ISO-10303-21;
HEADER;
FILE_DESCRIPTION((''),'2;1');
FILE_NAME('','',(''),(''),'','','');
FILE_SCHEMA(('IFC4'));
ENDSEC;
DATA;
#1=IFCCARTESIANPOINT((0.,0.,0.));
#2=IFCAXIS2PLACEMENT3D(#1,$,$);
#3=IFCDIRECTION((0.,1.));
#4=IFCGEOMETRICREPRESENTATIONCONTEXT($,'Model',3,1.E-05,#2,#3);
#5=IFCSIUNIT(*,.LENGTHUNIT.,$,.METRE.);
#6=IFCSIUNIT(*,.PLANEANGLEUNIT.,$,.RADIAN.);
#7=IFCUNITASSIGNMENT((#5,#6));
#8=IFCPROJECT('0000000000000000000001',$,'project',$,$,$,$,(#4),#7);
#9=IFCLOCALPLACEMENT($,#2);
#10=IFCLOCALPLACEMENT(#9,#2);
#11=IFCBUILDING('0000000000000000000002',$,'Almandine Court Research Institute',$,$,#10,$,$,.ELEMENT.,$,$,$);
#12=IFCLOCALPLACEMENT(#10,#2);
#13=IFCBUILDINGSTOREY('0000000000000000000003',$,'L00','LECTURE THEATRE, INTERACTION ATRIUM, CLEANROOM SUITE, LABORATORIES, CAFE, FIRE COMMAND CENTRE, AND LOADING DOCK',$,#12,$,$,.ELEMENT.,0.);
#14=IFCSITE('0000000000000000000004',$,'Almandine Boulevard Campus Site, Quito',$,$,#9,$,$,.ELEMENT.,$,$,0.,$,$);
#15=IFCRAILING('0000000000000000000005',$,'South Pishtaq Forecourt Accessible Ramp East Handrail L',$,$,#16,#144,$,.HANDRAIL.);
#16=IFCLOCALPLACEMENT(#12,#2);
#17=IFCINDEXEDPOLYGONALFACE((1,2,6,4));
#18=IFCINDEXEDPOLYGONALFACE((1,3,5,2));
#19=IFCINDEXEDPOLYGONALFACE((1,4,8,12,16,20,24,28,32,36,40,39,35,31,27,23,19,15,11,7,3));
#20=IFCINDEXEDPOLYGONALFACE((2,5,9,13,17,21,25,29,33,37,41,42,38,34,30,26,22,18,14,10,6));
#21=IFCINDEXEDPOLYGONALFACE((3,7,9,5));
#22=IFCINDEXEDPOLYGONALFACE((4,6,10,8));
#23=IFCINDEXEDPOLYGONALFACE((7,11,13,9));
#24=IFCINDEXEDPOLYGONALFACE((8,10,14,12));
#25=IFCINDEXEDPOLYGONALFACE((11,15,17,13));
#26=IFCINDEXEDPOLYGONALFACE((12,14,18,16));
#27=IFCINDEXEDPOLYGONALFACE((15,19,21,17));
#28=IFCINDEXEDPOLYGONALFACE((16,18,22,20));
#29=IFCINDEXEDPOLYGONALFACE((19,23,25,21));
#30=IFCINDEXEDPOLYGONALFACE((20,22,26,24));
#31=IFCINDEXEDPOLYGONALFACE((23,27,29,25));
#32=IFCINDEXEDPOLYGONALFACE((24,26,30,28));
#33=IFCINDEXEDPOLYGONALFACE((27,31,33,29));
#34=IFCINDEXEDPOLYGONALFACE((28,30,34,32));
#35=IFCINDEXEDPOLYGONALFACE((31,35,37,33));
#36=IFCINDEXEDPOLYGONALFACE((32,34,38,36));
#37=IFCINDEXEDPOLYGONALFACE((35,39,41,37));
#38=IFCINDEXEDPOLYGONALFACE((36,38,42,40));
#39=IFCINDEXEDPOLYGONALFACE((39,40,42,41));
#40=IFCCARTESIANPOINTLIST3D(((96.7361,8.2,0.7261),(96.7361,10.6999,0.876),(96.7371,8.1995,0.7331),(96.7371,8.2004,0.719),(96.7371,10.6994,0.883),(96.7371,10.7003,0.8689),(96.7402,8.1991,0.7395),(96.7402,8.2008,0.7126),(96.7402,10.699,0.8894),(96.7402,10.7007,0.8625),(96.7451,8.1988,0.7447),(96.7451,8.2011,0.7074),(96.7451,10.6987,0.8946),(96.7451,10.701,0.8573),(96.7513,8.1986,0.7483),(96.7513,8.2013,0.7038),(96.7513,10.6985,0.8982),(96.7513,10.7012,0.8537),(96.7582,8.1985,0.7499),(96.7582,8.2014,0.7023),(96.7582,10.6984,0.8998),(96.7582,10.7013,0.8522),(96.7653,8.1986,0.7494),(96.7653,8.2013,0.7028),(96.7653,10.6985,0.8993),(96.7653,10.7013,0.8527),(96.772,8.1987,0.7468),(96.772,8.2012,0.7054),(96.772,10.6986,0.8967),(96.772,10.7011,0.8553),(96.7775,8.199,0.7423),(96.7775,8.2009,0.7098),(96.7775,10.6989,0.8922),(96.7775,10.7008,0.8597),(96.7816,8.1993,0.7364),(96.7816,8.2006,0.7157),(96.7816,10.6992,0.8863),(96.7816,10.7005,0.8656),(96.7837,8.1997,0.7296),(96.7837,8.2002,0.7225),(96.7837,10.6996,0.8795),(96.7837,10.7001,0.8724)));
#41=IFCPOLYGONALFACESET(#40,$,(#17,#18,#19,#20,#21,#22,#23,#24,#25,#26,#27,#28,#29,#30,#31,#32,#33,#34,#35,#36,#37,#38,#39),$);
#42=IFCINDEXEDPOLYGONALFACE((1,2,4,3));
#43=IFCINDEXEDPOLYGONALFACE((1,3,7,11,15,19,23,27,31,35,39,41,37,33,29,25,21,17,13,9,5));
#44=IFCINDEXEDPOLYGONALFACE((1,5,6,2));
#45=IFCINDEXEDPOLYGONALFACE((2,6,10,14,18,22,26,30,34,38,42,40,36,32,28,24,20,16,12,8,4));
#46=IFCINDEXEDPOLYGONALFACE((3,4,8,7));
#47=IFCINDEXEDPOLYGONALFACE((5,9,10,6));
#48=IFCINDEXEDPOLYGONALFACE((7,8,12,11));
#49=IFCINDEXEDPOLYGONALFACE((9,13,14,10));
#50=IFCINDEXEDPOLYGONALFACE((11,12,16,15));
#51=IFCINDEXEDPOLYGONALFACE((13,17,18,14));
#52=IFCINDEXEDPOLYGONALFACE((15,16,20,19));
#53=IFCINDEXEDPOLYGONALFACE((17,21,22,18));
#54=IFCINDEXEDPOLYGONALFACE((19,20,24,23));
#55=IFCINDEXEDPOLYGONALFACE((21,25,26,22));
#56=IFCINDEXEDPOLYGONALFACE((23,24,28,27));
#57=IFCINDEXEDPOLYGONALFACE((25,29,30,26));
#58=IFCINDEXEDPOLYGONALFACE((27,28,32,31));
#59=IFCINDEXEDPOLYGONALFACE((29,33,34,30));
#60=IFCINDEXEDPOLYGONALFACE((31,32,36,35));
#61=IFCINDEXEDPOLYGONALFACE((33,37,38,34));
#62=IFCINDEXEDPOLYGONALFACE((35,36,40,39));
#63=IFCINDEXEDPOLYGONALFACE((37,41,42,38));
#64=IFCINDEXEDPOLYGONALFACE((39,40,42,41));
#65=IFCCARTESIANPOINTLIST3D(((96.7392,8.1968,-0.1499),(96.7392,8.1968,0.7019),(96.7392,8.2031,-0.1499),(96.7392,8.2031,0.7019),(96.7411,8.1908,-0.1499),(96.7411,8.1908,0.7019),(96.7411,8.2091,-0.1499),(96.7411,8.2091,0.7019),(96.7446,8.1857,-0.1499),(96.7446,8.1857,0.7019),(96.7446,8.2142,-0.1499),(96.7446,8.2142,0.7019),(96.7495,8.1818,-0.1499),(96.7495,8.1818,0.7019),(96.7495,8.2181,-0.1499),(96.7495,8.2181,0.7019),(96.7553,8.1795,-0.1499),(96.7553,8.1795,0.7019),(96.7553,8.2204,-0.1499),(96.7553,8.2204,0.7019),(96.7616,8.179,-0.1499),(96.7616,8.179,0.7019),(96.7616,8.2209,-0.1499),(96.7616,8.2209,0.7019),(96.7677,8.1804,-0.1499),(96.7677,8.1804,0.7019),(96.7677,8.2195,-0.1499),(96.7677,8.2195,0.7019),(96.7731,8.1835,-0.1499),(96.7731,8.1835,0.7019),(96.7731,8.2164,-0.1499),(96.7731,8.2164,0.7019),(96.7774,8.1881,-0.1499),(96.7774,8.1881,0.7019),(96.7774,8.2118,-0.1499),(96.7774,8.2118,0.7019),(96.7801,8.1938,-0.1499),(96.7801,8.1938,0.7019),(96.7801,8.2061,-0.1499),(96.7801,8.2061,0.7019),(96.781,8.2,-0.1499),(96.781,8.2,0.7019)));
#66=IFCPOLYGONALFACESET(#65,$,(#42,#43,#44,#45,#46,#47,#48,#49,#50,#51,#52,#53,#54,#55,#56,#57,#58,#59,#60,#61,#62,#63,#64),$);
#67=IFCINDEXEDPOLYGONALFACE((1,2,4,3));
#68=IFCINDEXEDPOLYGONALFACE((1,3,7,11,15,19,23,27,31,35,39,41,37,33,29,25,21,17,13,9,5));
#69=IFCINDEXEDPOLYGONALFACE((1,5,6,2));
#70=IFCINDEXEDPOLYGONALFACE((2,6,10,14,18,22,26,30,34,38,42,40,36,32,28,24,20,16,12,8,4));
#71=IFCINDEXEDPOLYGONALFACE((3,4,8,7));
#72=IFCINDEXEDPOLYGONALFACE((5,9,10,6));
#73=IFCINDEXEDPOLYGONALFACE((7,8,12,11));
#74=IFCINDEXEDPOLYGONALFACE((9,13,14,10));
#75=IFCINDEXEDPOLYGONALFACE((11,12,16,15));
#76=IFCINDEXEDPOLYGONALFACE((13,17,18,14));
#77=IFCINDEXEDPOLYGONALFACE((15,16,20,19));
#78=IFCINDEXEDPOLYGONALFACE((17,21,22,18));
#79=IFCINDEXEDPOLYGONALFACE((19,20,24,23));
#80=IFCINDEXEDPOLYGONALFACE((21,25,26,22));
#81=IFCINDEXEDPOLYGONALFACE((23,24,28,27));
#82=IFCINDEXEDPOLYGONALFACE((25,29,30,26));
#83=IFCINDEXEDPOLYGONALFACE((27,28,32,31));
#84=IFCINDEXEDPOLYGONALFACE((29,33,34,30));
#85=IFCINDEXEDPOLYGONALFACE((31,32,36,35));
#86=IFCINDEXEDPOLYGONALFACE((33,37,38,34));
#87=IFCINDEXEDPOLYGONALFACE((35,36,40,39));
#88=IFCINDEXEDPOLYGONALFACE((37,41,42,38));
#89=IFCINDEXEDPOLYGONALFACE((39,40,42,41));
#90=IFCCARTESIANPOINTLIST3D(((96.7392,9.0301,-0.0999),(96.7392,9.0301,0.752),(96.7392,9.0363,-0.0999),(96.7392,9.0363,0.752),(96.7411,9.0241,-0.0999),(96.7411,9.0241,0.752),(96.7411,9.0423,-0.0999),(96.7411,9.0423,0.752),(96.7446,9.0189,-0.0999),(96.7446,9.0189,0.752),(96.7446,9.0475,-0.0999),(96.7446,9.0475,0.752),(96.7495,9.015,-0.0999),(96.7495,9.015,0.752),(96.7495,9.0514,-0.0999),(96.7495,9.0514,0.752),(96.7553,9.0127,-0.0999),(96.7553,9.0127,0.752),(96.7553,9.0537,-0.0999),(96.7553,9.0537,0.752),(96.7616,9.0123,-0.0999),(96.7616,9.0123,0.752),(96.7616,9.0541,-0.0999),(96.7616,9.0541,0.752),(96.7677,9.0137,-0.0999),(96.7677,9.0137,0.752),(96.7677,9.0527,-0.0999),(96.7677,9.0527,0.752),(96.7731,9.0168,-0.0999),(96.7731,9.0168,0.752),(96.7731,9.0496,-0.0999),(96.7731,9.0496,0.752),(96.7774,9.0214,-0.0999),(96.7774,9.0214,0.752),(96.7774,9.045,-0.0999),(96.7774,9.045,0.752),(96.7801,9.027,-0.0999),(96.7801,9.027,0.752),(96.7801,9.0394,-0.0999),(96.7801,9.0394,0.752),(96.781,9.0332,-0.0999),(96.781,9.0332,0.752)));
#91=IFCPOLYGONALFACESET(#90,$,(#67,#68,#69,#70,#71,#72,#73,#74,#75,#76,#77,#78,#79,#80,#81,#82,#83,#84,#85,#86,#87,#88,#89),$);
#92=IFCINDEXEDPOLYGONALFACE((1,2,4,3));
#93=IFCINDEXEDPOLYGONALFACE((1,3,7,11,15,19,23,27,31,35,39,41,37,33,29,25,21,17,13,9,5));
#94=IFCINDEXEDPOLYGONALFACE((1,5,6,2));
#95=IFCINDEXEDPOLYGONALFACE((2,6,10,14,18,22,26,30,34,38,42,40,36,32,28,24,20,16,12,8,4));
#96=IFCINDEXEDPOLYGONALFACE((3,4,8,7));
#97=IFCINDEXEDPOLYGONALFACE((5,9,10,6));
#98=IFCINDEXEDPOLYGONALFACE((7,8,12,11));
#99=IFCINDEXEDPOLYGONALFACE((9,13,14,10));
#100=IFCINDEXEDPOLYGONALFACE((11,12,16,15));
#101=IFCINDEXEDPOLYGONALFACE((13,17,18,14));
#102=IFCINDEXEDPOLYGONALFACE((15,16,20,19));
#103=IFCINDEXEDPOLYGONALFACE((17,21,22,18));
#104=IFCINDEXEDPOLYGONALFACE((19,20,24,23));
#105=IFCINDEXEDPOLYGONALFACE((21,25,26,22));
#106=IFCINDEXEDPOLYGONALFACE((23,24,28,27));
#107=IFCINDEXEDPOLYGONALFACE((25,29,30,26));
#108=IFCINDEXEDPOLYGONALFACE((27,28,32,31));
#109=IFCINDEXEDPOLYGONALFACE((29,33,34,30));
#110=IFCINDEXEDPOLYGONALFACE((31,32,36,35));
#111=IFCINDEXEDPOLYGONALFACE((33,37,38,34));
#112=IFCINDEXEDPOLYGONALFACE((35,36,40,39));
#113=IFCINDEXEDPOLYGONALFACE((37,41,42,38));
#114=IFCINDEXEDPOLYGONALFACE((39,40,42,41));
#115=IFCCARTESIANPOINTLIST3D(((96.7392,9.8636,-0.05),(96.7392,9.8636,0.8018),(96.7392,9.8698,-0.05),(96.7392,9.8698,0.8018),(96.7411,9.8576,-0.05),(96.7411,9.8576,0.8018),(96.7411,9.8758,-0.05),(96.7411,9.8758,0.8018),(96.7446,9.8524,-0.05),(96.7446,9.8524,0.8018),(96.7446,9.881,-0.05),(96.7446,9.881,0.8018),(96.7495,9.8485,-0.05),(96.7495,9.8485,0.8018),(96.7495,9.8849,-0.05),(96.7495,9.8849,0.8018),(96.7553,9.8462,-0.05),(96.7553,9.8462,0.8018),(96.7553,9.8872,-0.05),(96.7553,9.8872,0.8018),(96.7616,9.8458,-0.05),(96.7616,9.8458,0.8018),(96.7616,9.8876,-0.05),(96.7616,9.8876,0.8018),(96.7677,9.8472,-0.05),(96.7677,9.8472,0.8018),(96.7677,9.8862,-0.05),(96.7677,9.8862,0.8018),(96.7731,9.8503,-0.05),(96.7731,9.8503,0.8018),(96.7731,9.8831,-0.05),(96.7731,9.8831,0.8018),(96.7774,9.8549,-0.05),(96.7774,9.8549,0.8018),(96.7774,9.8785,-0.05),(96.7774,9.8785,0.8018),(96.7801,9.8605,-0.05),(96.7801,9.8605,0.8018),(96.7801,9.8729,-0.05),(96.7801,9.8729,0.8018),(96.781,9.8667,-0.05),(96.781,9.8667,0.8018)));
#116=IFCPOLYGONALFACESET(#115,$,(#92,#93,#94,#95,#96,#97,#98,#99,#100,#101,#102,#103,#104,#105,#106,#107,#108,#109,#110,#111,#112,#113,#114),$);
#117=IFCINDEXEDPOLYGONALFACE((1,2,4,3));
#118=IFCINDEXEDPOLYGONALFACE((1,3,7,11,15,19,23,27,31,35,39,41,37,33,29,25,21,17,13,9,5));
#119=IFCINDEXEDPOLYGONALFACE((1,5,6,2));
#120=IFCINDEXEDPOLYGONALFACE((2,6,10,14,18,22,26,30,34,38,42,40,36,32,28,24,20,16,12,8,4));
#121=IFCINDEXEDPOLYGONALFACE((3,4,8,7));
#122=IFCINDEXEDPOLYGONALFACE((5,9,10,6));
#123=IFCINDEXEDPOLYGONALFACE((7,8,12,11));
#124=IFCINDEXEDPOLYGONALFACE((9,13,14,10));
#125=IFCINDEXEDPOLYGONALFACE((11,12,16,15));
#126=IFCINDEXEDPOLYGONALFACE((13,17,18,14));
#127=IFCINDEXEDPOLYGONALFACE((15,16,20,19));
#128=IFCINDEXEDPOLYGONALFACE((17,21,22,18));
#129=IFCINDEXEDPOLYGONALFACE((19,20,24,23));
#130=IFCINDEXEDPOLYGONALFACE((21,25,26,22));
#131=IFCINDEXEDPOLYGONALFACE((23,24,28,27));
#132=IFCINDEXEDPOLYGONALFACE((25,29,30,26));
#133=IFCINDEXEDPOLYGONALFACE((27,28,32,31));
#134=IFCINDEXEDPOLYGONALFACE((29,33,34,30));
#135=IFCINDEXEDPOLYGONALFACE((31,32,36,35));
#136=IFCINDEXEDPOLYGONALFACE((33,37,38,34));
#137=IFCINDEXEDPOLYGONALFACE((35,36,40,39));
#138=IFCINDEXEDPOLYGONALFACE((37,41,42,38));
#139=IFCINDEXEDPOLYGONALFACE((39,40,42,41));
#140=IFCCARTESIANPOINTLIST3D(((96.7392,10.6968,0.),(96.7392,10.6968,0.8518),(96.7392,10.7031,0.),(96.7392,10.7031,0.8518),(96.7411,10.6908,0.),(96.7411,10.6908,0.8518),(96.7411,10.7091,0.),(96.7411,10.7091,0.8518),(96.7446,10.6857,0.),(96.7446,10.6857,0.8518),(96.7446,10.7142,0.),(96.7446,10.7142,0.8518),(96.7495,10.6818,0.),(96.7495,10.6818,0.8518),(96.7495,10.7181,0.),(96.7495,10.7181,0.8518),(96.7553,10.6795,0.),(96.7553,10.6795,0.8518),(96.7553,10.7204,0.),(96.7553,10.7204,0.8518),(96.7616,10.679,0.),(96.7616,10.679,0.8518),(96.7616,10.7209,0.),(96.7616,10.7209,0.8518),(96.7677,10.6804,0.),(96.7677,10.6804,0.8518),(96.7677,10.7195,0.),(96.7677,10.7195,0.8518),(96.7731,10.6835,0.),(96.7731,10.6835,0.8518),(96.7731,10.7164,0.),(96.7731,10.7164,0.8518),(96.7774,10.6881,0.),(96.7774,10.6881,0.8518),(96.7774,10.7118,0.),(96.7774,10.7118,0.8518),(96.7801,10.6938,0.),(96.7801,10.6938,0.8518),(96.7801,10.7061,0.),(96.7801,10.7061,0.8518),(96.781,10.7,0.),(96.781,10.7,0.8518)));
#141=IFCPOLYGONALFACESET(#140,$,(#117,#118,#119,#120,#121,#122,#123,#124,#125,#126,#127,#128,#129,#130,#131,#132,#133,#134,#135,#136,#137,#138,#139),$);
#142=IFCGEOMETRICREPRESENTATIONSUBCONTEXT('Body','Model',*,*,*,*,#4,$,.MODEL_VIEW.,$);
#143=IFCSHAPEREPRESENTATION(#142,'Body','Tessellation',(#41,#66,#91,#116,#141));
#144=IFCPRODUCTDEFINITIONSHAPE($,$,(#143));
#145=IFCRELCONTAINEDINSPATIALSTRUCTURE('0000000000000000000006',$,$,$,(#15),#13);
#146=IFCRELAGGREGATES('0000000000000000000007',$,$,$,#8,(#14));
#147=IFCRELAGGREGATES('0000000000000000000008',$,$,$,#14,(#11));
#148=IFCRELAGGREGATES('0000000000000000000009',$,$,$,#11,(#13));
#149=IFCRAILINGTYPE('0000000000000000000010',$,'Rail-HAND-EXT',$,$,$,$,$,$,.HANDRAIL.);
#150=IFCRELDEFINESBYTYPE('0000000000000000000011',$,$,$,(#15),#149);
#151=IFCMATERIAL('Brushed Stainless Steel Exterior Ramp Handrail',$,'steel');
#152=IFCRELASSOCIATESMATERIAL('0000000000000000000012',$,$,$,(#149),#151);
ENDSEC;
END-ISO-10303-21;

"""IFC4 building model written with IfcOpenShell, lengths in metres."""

from ifc_helpers import new_model, si_unit, direction, frame, origin, origin_2d, place, context, subcontext, project, spatial, circle, extrude, material, type_object, element, save


model = new_model("IFC4")

# Units and contexts
model_context = context("Model", 3, precision=1e-05, world=origin(), true_north=direction((0.0, 1.0)))
body_context = subcontext(model_context, "Body", "Model", "MODEL_VIEW")
ifc_project = project(units=[si_unit("LENGTHUNIT", "METRE"), si_unit("PLANEANGLEUNIT", "RADIAN")], contexts=[model_context])

# Site, building, storey
site_placement = place(None, origin())
site = spatial("IfcSite", under=ifc_project, at=site_placement, Name="Almandine Boulevard Campus Site, Quito", CompositionType="ELEMENT", RefElevation=0.0)
building_placement = place(site_placement, origin())
building = spatial("IfcBuilding", under=site, at=building_placement, Name="Almandine Court Research Institute", CompositionType="ELEMENT")
storey_placement = place(building_placement, origin())
storey = spatial("IfcBuildingStorey", under=building, at=storey_placement, Name="L00", Description="LECTURE THEATRE, INTERACTION ATRIUM, CLEANROOM SUITE, LABORATORIES, CAFE, FIRE COMMAND CENTRE, AND LOADING DOCK", CompositionType="ELEMENT", Elevation=0.0)

# Railing
ifc_material_1 = material(Name="Brushed Stainless Steel Exterior Ramp Handrail", Category="steel")
railing_type = type_object("IfcRailingType", Name="Rail-HAND-EXT", PredefinedType="HANDRAIL", material=ifc_material_1)
for number, where, name in (
    (1, (96.76, 8.2, -0.1499), "South Pishtaq Forecourt Accessible Ramp East Handrail L"),
):
    element("IfcRailing", number, at=place(storey_placement, frame(where)), inside=storey, type_object=railing_type, Name=name, PredefinedType="HANDRAIL", context=body_context, shape_type="SweptSolid", body=[
        extrude(circle(Radius=0.0239, at=origin_2d()), frame((0.0, 0.0, 0.876), z_axis=(0.0, 0.998207, 0.059853), x_axis=(-1.0, 0.0, 0.0)), (0.0, 0.0, 1.0), 2.5044),
        extrude(circle(Radius=0.021, at=origin_2d()), origin(), (0.0, 0.0, 1.0), 0.8518),
        extrude(circle(Radius=0.021, at=origin_2d()), frame((0.0, 0.8333, 0.05)), (0.0, 0.0, 1.0), 0.8518),
        extrude(circle(Radius=0.021, at=origin_2d()), frame((0.0, 1.6667, 0.0999)), (0.0, 0.0, 1.0), 0.8518),
        extrude(circle(Radius=0.021, at=origin_2d()), frame((0.0, 2.5, 0.1499)), (0.0, 0.0, 1.0), 0.8518),
    ])

save(model, "model.ifc")
